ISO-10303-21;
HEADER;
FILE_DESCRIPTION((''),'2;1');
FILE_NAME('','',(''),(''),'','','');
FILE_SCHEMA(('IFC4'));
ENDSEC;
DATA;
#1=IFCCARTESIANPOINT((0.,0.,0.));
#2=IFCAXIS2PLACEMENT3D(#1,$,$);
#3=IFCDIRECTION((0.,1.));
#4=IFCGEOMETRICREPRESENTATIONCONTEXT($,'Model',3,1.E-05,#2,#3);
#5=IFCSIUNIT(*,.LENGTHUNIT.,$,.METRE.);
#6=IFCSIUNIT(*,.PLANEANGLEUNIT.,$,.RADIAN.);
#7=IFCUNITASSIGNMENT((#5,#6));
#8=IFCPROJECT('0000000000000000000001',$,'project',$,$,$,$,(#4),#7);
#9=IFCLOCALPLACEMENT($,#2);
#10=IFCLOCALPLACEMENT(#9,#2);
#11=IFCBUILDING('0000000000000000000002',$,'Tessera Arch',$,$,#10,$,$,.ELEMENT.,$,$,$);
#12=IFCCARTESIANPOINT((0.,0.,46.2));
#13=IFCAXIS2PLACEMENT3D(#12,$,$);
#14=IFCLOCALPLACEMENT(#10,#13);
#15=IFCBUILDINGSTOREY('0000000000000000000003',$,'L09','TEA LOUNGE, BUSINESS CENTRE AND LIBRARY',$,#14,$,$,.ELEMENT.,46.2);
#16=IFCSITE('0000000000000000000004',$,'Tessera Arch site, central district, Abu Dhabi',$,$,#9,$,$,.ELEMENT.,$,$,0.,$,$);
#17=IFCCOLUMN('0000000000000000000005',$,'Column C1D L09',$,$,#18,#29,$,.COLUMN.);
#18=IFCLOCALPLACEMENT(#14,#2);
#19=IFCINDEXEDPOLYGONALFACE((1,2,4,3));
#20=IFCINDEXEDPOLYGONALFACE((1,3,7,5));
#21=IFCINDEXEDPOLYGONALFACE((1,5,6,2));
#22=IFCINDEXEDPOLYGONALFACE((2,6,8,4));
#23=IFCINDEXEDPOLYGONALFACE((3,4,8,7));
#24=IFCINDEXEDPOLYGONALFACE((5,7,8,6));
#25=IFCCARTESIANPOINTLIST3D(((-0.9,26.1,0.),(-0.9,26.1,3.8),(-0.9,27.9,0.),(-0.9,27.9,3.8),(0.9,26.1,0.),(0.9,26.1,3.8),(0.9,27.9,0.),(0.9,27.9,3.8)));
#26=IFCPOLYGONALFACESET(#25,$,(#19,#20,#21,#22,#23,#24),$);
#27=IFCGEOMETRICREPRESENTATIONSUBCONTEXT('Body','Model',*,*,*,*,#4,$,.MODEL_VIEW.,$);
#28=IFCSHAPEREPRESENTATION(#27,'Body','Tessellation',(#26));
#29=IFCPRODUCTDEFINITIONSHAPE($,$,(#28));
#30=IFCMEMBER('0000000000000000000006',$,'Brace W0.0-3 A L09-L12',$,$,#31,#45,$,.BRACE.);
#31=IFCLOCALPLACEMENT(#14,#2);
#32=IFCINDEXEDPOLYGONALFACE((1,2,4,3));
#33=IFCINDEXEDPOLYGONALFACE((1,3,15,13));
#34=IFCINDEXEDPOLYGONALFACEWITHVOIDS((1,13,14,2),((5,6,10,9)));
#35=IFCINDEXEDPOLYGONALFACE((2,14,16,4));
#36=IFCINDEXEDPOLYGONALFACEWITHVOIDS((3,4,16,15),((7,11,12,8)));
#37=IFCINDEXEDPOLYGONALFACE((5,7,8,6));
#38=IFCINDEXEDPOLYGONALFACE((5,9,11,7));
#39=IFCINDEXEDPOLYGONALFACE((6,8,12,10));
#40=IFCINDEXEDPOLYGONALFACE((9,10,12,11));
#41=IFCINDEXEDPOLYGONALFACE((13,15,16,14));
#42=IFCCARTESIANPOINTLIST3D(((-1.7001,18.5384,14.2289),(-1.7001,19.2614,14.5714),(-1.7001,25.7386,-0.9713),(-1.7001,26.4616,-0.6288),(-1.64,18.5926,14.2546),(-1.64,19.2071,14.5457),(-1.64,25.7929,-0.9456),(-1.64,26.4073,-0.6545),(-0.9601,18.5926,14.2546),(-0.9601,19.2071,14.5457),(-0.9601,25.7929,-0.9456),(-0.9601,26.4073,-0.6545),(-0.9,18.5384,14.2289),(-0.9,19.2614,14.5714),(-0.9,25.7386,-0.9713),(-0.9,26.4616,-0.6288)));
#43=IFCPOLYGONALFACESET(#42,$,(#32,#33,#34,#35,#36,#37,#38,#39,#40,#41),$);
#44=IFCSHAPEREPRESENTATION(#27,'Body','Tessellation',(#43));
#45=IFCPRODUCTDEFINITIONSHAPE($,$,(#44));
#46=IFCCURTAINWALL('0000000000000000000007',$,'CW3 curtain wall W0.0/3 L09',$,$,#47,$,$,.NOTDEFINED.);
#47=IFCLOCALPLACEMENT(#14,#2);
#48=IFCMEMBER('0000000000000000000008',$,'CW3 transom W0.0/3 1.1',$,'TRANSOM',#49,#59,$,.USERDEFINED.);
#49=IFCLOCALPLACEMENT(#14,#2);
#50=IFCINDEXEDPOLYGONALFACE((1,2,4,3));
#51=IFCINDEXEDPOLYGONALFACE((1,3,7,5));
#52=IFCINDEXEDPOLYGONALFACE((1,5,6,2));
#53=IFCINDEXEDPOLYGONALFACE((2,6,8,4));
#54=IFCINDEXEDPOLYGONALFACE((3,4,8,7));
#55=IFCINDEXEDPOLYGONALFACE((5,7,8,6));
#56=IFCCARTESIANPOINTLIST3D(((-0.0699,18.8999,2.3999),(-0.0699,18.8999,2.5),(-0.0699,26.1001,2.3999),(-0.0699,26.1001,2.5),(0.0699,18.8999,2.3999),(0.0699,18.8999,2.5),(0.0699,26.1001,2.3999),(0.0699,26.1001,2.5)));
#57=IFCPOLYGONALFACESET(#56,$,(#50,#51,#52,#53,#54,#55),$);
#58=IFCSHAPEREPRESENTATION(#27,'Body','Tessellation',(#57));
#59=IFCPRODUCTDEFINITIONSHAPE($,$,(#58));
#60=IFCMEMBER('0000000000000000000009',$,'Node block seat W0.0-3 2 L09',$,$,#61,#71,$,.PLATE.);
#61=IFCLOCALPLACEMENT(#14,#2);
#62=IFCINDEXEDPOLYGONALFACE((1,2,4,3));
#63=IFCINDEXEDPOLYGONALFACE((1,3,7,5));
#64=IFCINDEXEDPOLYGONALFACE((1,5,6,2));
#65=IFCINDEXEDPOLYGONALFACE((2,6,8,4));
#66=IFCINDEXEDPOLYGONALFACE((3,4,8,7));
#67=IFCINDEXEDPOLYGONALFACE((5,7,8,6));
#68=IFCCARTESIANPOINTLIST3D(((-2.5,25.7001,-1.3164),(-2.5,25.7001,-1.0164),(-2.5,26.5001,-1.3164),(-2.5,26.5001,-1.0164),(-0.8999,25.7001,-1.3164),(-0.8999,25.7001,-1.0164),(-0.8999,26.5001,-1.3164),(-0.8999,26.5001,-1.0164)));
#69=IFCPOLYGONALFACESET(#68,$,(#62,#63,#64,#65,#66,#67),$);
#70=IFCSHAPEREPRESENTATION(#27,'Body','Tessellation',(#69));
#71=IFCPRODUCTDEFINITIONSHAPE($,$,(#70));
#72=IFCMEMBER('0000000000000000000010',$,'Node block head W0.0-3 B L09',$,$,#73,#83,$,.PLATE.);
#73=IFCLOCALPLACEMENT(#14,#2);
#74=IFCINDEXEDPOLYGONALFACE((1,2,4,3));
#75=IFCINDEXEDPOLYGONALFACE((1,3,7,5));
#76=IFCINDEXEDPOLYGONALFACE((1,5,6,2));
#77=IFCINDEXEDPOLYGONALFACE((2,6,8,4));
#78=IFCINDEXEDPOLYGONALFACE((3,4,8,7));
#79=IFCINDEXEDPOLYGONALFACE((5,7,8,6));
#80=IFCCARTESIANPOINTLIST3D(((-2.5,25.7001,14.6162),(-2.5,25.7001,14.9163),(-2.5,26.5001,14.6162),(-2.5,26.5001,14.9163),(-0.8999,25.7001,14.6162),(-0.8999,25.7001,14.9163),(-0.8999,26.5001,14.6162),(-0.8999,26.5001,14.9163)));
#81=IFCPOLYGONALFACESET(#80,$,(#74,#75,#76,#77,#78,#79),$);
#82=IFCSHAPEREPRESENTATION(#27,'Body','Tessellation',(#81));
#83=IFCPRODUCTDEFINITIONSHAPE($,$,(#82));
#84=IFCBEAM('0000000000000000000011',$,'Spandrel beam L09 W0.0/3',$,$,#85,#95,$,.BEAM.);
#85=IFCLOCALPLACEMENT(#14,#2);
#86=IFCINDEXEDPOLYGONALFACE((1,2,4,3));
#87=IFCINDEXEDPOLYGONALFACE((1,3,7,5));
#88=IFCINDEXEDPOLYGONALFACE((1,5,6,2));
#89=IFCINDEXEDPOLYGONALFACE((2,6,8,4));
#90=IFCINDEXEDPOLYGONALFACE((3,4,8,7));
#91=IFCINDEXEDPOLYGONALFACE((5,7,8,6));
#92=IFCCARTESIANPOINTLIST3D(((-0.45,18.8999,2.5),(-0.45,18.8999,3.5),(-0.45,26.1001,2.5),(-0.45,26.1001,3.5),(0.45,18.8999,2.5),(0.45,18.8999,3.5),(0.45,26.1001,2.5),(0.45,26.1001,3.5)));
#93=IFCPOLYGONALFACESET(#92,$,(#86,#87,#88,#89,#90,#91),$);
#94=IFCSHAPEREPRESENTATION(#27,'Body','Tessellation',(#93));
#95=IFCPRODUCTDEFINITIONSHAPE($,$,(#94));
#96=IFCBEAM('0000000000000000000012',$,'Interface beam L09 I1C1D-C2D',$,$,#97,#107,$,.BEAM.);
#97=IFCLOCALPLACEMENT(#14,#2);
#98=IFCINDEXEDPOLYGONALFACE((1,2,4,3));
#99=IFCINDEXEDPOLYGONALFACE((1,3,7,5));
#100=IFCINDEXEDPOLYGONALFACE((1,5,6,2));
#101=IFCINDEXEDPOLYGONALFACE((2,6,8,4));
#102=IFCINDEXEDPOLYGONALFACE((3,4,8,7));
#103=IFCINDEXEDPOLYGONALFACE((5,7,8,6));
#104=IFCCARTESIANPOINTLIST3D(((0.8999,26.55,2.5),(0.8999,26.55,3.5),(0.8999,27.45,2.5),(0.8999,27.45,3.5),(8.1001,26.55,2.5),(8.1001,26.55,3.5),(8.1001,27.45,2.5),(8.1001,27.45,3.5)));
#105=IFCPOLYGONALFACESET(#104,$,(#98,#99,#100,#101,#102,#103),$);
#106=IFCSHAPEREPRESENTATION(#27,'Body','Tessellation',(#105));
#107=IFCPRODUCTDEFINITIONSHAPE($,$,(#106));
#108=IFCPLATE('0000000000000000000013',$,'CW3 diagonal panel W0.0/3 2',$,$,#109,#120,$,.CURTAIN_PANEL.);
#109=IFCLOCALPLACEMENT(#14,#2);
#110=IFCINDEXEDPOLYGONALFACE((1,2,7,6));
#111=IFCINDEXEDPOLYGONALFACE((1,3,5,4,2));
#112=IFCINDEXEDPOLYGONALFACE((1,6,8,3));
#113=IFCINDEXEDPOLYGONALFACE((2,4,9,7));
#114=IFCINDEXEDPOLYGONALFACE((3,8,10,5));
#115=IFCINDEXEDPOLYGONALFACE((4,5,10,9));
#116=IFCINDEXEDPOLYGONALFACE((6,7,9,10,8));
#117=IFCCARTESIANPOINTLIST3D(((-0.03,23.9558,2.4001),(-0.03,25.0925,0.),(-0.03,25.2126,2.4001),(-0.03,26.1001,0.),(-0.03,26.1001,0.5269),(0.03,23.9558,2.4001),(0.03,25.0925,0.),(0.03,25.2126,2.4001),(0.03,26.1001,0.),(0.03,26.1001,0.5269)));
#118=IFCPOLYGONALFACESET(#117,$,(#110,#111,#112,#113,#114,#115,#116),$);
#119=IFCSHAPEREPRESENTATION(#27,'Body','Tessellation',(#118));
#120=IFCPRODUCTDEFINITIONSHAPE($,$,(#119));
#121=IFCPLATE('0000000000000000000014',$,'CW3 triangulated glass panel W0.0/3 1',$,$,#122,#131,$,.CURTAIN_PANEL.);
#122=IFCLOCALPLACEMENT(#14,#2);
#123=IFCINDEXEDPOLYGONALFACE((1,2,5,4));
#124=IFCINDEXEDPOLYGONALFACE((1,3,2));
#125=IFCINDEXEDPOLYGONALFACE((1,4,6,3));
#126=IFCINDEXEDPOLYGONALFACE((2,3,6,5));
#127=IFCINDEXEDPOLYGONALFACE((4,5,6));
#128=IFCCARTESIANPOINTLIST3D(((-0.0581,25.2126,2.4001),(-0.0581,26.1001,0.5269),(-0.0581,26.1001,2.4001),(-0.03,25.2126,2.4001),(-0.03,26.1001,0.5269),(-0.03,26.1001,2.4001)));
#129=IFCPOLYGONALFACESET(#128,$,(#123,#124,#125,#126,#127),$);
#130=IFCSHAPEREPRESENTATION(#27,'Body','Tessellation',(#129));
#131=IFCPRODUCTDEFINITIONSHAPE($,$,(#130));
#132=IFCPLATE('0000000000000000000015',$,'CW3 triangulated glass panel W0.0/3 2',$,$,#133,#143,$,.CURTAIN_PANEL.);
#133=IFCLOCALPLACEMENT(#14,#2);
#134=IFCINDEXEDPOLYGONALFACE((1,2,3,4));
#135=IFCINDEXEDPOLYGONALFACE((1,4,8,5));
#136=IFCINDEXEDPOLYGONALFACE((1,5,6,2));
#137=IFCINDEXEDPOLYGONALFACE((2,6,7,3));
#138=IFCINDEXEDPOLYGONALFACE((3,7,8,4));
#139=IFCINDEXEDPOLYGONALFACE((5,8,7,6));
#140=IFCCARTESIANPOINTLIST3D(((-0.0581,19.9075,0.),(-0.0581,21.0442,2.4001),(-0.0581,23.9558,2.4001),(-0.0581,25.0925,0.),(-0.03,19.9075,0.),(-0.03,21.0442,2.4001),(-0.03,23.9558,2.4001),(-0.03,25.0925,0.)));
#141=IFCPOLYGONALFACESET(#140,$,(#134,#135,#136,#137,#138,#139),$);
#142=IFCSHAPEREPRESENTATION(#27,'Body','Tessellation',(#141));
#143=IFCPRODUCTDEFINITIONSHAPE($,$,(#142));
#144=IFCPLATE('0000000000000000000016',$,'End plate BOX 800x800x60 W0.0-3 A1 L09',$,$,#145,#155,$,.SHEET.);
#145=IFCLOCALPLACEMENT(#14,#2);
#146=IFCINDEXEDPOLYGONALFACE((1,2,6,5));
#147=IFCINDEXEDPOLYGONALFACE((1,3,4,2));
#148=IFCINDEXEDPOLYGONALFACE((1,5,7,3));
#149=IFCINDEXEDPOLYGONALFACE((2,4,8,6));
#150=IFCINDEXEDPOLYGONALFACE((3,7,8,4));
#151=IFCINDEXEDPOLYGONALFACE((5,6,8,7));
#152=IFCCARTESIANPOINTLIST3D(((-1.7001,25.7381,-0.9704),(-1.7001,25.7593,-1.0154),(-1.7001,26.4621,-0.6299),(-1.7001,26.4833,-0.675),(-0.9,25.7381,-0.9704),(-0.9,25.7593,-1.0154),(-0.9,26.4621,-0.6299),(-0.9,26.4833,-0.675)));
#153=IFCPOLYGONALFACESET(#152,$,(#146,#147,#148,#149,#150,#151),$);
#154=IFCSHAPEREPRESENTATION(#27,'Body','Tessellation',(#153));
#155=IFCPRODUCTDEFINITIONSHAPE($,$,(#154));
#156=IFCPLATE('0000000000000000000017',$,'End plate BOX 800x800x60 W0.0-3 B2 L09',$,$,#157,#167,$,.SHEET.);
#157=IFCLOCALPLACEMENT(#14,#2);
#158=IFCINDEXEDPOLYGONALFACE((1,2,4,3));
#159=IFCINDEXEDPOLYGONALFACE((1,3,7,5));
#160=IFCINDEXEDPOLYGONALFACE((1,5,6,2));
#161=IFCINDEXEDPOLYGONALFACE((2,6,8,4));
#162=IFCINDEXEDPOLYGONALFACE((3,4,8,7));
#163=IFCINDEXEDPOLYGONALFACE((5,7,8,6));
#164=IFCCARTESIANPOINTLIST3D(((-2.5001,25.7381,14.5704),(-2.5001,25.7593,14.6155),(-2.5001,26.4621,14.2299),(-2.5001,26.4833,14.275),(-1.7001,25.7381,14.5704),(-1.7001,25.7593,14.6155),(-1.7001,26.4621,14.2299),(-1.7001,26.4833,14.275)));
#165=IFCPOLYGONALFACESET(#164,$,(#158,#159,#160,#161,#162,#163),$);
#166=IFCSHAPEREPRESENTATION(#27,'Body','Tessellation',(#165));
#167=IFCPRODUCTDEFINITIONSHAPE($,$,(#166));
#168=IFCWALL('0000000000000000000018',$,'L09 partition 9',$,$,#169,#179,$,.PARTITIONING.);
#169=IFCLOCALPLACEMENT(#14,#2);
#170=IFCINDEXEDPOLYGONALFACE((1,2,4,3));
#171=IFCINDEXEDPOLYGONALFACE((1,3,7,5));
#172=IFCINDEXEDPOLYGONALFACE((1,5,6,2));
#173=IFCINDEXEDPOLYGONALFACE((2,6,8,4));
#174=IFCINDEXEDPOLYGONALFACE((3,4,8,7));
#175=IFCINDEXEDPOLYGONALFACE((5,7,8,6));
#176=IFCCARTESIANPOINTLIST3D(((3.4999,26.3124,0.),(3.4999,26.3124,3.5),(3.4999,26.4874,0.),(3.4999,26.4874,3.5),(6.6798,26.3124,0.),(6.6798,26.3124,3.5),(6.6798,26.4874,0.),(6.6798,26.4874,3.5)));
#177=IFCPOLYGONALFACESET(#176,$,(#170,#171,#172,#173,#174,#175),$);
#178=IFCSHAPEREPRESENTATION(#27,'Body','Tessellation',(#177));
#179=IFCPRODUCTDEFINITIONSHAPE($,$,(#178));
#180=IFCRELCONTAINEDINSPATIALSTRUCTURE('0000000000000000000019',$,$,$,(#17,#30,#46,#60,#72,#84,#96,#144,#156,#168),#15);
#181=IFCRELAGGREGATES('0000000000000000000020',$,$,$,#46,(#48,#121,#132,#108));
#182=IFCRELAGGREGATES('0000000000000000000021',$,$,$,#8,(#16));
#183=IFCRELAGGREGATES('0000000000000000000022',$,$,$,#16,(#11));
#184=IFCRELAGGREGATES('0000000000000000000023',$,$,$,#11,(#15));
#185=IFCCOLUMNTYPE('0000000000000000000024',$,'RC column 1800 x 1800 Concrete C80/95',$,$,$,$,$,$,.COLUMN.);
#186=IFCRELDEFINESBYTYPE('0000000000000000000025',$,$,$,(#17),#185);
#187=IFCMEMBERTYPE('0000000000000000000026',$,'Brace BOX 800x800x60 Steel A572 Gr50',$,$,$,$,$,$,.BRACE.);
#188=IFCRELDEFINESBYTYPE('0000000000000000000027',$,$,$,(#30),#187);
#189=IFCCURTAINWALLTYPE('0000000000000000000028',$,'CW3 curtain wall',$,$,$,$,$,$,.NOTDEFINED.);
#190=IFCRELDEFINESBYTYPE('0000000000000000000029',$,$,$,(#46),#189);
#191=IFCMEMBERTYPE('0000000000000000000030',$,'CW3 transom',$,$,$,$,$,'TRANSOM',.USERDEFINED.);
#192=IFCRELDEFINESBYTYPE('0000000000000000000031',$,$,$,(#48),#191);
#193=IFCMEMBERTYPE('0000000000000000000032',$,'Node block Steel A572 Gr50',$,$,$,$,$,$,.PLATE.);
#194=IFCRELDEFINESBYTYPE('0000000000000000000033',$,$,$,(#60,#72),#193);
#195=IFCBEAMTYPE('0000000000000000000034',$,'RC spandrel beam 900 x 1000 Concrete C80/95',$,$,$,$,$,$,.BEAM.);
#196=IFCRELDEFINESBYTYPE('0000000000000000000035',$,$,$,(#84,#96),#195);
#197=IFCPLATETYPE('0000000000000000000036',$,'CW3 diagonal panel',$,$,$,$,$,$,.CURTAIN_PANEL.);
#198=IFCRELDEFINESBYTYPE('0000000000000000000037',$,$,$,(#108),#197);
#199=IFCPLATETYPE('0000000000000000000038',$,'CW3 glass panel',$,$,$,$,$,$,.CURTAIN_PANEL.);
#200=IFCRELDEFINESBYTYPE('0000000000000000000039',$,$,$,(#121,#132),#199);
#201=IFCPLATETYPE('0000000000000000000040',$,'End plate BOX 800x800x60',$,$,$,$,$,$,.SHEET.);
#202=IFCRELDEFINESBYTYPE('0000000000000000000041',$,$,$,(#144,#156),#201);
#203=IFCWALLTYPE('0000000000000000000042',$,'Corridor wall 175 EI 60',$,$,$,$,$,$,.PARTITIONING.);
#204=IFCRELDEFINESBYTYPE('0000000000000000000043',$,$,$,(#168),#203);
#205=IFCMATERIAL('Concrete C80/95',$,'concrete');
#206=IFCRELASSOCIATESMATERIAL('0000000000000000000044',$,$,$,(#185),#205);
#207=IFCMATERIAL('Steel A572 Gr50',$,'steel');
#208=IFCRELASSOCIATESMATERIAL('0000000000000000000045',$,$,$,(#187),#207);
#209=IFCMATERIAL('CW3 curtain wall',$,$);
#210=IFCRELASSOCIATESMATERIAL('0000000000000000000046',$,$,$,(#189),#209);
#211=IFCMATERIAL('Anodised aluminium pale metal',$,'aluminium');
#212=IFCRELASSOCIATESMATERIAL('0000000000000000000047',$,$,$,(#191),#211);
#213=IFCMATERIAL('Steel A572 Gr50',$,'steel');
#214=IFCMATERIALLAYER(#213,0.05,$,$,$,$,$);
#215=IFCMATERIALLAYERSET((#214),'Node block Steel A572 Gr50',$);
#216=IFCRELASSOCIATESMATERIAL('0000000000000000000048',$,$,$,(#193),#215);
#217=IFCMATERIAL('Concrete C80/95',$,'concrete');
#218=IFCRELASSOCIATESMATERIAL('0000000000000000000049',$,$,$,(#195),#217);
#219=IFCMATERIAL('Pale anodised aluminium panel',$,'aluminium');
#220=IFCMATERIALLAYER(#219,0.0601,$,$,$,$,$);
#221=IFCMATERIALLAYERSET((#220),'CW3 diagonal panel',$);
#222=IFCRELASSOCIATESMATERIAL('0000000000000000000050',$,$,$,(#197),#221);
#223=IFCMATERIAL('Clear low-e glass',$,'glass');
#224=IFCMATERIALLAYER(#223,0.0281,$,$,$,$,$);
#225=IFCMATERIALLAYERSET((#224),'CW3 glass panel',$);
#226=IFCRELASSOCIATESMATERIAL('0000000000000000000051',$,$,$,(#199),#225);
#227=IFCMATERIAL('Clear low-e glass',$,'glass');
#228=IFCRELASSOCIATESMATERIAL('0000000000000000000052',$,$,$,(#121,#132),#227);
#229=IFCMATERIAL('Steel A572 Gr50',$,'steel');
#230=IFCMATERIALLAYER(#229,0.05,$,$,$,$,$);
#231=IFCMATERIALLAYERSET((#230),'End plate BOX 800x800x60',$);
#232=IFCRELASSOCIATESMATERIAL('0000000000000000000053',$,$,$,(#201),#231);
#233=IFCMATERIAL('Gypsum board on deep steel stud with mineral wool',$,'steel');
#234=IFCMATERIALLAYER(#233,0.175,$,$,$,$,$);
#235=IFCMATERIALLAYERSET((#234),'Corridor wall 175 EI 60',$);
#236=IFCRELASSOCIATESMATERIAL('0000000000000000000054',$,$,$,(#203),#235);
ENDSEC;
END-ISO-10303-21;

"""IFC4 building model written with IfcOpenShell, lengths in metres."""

from ifc_helpers import new_model, si_unit, direction, frame, frame_2d, origin, origin_2d, place, context, subcontext, project, spatial, polyline, rectangle, hollow_rectangle, outline, extrude, material, layer, layer_set, material_profile, profile_set, type_object, element, aggregate, save


model = new_model("IFC4")

# Units and contexts
model_context = context("Model", 3, precision=1e-05, world=origin(), true_north=direction((0.0, 1.0)))
body_context = subcontext(model_context, "Body", "Model", "MODEL_VIEW")
ifc_project = project(units=[si_unit("LENGTHUNIT", "METRE"), si_unit("PLANEANGLEUNIT", "RADIAN")], contexts=[model_context])

# Site, building, storey
site_placement = place(None, origin())
site = spatial("IfcSite", under=ifc_project, at=site_placement, Name="Tessera Arch site, central district, Abu Dhabi", CompositionType="ELEMENT", RefElevation=0.0)
building_placement = place(site_placement, origin())
building = spatial("IfcBuilding", under=site, at=building_placement, Name="Tessera Arch", CompositionType="ELEMENT")
storey_placement = place(building_placement, frame((0.0, 0.0, 46.2)))
storey = spatial("IfcBuildingStorey", under=building, at=storey_placement, Name="L09", Description="TEA LOUNGE, BUSINESS CENTRE AND LIBRARY", CompositionType="ELEMENT", Elevation=46.2)

# Column
ifc_material_1 = material(Name="Concrete C80/95", Category="concrete")
ifc_material_profile_1 = material_profile(ifc_material_1, rectangle(XDim=1.8, YDim=1.8, at=origin_2d()), Name="RC column 1800 x 1800 Concrete C80/95")
ifc_profile_set_1 = profile_set([ifc_material_profile_1], Name="Concrete C80/95")
column_type = type_object("IfcColumnType", Name="RC column 1800 x 1800 Concrete C80/95", PredefinedType="COLUMN", material=ifc_profile_set_1)
column_placement = place(storey_placement, frame((0.0, 27.0, 0.0), z_axis=(0.0, 0.0, 1.0), x_axis=(1.0, 0.0, 0.0)))
element("IfcColumn", 1, at=column_placement, inside=storey, type_object=column_type, Name="Column C1D L09", PredefinedType="COLUMN", context=body_context, shape_type="SweptSolid", body=[
    extrude(rectangle(XDim=1.8, YDim=1.8, at=origin_2d()), origin(), (0.0, 0.0, 1.0), 3.8),
])

# Member
ifc_material_2 = material(Name="Steel A572 Gr50", Category="steel")
ifc_material_profile_2 = material_profile(ifc_material_2, hollow_rectangle(XDim=0.8, YDim=0.8, WallThickness=0.0601, at=origin_2d()), Name="BOX 800x800x60")
ifc_profile_set_2 = profile_set([ifc_material_profile_2], Name="Steel A572 Gr50")
member_type_1 = type_object("IfcMemberType", Name="Brace BOX 800x800x60 Steel A572 Gr50", PredefinedType="BRACE", material=ifc_profile_set_2)
member_1_placement = place(storey_placement, frame((-1.3, 26.1001, -0.8), z_axis=(0.0, -0.428091, 0.903735), x_axis=(1.0, 0.0, 0.0)))
element("IfcMember", 2, at=member_1_placement, inside=storey, type_object=member_type_1, Name="Brace W0.0-3 A L09-L12", PredefinedType="BRACE", context=body_context, shape_type="SweptSolid", body=[
    extrude(hollow_rectangle(XDim=0.8, YDim=0.8, WallThickness=0.0601, at=origin_2d()), origin(), (0.0, 0.0, 1.0), 16.8193),
])

# Curtain wall, member
ifc_material_3 = material(Name="CW3 curtain wall")
curtain_wall_type = type_object("IfcCurtainWallType", Name="CW3 curtain wall", PredefinedType="NOTDEFINED", material=ifc_material_3)
curtain_wall_placement = place(storey_placement, origin())
curtain_wall = element("IfcCurtainWall", 3, at=curtain_wall_placement, inside=storey, type_object=curtain_wall_type, Name="CW3 curtain wall W0.0/3 L09", PredefinedType="NOTDEFINED")
ifc_material_4 = material(Name="Anodised aluminium pale metal", Category="aluminium")
ifc_material_profile_3 = material_profile(ifc_material_4, rectangle(XDim=0.1399, YDim=0.1001, at=origin_2d()), Name="AL 140x100")
ifc_profile_set_3 = profile_set([ifc_material_profile_3], Name="Anodised aluminium pale metal")
member_type_2 = type_object("IfcMemberType", Name="CW3 transom", ElementType="TRANSOM", PredefinedType="USERDEFINED", material=ifc_profile_set_3)
member_2_placement = place(storey_placement, frame((0.0, 26.1001, 2.45), z_axis=(0.0, -1.0, 0.0), x_axis=(1.0, 0.0, 0.0)))
member_2 = element("IfcMember", 4, at=member_2_placement, type_object=member_type_2, Name="CW3 transom W0.0/3 1.1", ObjectType="TRANSOM", PredefinedType="USERDEFINED", context=body_context, shape_type="SweptSolid", body=[
    extrude(rectangle(XDim=0.1399, YDim=0.1001, at=origin_2d()), origin(), (0.0, 0.0, 1.0), 7.2002),
])

# Members
ifc_material_5 = material(Name="Steel A572 Gr50", Category="steel")
ifc_layer_1 = layer(ifc_material_5, 0.05)
ifc_layer_set_1 = layer_set([ifc_layer_1], Name="Node block Steel A572 Gr50")
member_type_3 = type_object("IfcMemberType", Name="Node block Steel A572 Gr50", PredefinedType="PLATE", material=ifc_layer_set_1)
for number, where, z_axis, x_axis, name in (
    (5, (-1.7, 26.1001, -1.3164), (0.0, 0.0, 1.0), (0.0, -1.0, 0.0), "Node block seat W0.0-3 2 L09"),
    (6, (-1.7, 26.1001, 14.6162), (0.0, 0.0, 1.0), (0.0, -1.0, 0.0), "Node block head W0.0-3 B L09"),
):
    element("IfcMember", number, at=place(storey_placement, frame(where, z_axis=z_axis, x_axis=x_axis)), inside=storey, type_object=member_type_3, Name=name, PredefinedType="PLATE", context=body_context, shape_type="SweptSolid", body=[
        extrude(rectangle(XDim=0.8, YDim=1.6001, at=origin_2d()), origin(), (0.0, 0.0, 1.0), 0.3),
    ])

# Beams
ifc_material_6 = material(Name="Concrete C80/95", Category="concrete")
ifc_material_profile_4 = material_profile(ifc_material_6, rectangle(XDim=0.8999, YDim=1.0, at=origin_2d()), Name="RC spandrel beam 900 x 1000 Concrete C80/95")
ifc_profile_set_4 = profile_set([ifc_material_profile_4], Name="Concrete C80/95")
beam_type = type_object("IfcBeamType", Name="RC spandrel beam 900 x 1000 Concrete C80/95", PredefinedType="BEAM", material=ifc_profile_set_4)
for number, where, z_axis, x_axis, name in (
    (7, (0.0, 26.1001, 3.0), (0.0, -1.0, 0.0), (1.0, 0.0, 0.0), "Spandrel beam L09 W0.0/3"),
    (8, (0.8999, 27.0, 3.0), (1.0, 0.0, 0.0), (0.0, 1.0, 0.0), "Interface beam L09 I1C1D-C2D"),
):
    element("IfcBeam", number, at=place(storey_placement, frame(where, z_axis=z_axis, x_axis=x_axis)), inside=storey, type_object=beam_type, Name=name, PredefinedType="BEAM", context=body_context, shape_type="SweptSolid", body=[
        extrude(rectangle(XDim=0.8999, YDim=1.0, at=origin_2d()), origin(), (0.0, 0.0, 1.0), 7.2002),
    ])

# Plates
ifc_material_7 = material(Name="Pale anodised aluminium panel", Category="aluminium")
ifc_layer_2 = layer(ifc_material_7, 0.0601)
ifc_layer_set_2 = layer_set([ifc_layer_2], Name="CW3 diagonal panel")
plate_type_1 = type_object("IfcPlateType", Name="CW3 diagonal panel", PredefinedType="CURTAIN_PANEL", material=ifc_layer_set_2)
plate_1_placement = place(storey_placement, frame((-0.03, 23.9558, 2.4001), z_axis=(-1.0, 0.0, 0.0), x_axis=(0.0, 1.0, 0.0)))
plate_1 = element("IfcPlate", 9, at=plate_1_placement, type_object=plate_type_1, Name="CW3 diagonal panel W0.0/3 2", PredefinedType="CURTAIN_PANEL", context=body_context, shape_type="SweptSolid", body=[
    extrude(outline(polyline([(0.0, 0.0), (1.2568, 0.0), (2.1443, 1.8733), (2.1443, 2.4001), (1.1367, 2.4001), (0.0, 0.0)])), origin(), (0.0, 0.0, -1.0), 0.0601),
])
ifc_material_8 = material(Name="Clear low-e glass", Category="glass")
ifc_material_9 = material(Name="Clear low-e glass", Category="glass")
ifc_layer_3 = layer(ifc_material_9, 0.0281)
ifc_layer_set_3 = layer_set([ifc_layer_3], Name="CW3 glass panel")
plate_type_2 = type_object("IfcPlateType", Name="CW3 glass panel", PredefinedType="CURTAIN_PANEL", material=ifc_layer_set_3)
plate_2_placement = place(storey_placement, frame((-0.0581, 26.1001, 2.4001), z_axis=(-1.0, 0.0, 0.0), x_axis=(0.0, 0.0, -1.0)))
plate_2 = element("IfcPlate", 10, at=plate_2_placement, type_object=plate_type_2, material=ifc_material_8, Name="CW3 triangulated glass panel W0.0/3 1", PredefinedType="CURTAIN_PANEL", context=body_context, shape_type="SweptSolid", body=[
    extrude(outline(polyline([(0.0, 0.0), (1.8733, 0.0), (0.0, 0.8875), (0.0, 0.0)])), origin(), (0.0, 0.0, -1.0), 0.0281),
])
plate_3_placement = place(storey_placement, frame((-0.0581, 21.0442, 2.4001), z_axis=(-1.0, 0.0, 0.0), x_axis=(0.0, 1.0, 0.0)))
plate_3 = element("IfcPlate", 11, at=plate_3_placement, type_object=plate_type_2, material=ifc_material_8, Name="CW3 triangulated glass panel W0.0/3 2", PredefinedType="CURTAIN_PANEL", context=body_context, shape_type="SweptSolid", body=[
    extrude(outline(polyline([(0.0, 0.0), (2.9116, 0.0), (4.0483, 2.4001), (-1.1367, 2.4001), (0.0, 0.0)])), origin(), (0.0, 0.0, -1.0), 0.0281),
])
aggregate(curtain_wall, [member_2, plate_2, plate_3, plate_1])

# Plates
ifc_material_10 = material(Name="Steel A572 Gr50", Category="steel")
ifc_layer_4 = layer(ifc_material_10, 0.05)
ifc_layer_set_4 = layer_set([ifc_layer_4], Name="End plate BOX 800x800x60")
plate_type_3 = type_object("IfcPlateType", Name="End plate BOX 800x800x60", PredefinedType="SHEET", material=ifc_layer_set_4)
for number, where, z_axis, x_axis, name in (
    (12, (-1.3, 26.1213, -0.8452), (0.0, -0.425561, 0.90493), (1.0, 0.0, 0.0), "End plate BOX 800x800x60 W0.0-3 A1 L09"),
    (13, (-2.1001, 26.1001, 14.4001), (0.0, 0.425561, 0.90493), (-1.0, 0.0, 0.0), "End plate BOX 800x800x60 W0.0-3 B2 L09"),
):
    element("IfcPlate", number, at=place(storey_placement, frame(where, z_axis=z_axis, x_axis=x_axis)), inside=storey, type_object=plate_type_3, Name=name, PredefinedType="SHEET", context=body_context, shape_type="SweptSolid", body=[
        extrude(rectangle(XDim=0.8, YDim=0.8, at=origin_2d()), origin(), (0.0, 0.0, 1.0), 0.0498),
    ])

# Wall
ifc_material_11 = material(Name="Gypsum board on deep steel stud with mineral wool", Category="steel")
ifc_layer_5 = layer(ifc_material_11, 0.175)
ifc_layer_set_5 = layer_set([ifc_layer_5], Name="Corridor wall 175 EI 60")
wall_type_1 = type_object("IfcWallType", Name="Corridor wall 175 EI 60", PredefinedType="PARTITIONING", material=ifc_layer_set_5)
wall_1_placement = place(storey_placement, frame((3.5, 26.3999, 0.0), z_axis=(0.0, 0.0, 1.0), x_axis=(1.0, 0.0, 0.0)))
element("IfcWall", 14, at=wall_1_placement, inside=storey, type_object=wall_type_1, Name="L09 partition 9", PredefinedType="PARTITIONING", context=body_context, shape_type="SweptSolid", body=[
    extrude(rectangle(XDim=3.1799, YDim=0.175, at=frame_2d((1.5898, 0.0))), origin(), (0.0, 0.0, 1.0), 3.5),
])

save(model, "model.ifc")
